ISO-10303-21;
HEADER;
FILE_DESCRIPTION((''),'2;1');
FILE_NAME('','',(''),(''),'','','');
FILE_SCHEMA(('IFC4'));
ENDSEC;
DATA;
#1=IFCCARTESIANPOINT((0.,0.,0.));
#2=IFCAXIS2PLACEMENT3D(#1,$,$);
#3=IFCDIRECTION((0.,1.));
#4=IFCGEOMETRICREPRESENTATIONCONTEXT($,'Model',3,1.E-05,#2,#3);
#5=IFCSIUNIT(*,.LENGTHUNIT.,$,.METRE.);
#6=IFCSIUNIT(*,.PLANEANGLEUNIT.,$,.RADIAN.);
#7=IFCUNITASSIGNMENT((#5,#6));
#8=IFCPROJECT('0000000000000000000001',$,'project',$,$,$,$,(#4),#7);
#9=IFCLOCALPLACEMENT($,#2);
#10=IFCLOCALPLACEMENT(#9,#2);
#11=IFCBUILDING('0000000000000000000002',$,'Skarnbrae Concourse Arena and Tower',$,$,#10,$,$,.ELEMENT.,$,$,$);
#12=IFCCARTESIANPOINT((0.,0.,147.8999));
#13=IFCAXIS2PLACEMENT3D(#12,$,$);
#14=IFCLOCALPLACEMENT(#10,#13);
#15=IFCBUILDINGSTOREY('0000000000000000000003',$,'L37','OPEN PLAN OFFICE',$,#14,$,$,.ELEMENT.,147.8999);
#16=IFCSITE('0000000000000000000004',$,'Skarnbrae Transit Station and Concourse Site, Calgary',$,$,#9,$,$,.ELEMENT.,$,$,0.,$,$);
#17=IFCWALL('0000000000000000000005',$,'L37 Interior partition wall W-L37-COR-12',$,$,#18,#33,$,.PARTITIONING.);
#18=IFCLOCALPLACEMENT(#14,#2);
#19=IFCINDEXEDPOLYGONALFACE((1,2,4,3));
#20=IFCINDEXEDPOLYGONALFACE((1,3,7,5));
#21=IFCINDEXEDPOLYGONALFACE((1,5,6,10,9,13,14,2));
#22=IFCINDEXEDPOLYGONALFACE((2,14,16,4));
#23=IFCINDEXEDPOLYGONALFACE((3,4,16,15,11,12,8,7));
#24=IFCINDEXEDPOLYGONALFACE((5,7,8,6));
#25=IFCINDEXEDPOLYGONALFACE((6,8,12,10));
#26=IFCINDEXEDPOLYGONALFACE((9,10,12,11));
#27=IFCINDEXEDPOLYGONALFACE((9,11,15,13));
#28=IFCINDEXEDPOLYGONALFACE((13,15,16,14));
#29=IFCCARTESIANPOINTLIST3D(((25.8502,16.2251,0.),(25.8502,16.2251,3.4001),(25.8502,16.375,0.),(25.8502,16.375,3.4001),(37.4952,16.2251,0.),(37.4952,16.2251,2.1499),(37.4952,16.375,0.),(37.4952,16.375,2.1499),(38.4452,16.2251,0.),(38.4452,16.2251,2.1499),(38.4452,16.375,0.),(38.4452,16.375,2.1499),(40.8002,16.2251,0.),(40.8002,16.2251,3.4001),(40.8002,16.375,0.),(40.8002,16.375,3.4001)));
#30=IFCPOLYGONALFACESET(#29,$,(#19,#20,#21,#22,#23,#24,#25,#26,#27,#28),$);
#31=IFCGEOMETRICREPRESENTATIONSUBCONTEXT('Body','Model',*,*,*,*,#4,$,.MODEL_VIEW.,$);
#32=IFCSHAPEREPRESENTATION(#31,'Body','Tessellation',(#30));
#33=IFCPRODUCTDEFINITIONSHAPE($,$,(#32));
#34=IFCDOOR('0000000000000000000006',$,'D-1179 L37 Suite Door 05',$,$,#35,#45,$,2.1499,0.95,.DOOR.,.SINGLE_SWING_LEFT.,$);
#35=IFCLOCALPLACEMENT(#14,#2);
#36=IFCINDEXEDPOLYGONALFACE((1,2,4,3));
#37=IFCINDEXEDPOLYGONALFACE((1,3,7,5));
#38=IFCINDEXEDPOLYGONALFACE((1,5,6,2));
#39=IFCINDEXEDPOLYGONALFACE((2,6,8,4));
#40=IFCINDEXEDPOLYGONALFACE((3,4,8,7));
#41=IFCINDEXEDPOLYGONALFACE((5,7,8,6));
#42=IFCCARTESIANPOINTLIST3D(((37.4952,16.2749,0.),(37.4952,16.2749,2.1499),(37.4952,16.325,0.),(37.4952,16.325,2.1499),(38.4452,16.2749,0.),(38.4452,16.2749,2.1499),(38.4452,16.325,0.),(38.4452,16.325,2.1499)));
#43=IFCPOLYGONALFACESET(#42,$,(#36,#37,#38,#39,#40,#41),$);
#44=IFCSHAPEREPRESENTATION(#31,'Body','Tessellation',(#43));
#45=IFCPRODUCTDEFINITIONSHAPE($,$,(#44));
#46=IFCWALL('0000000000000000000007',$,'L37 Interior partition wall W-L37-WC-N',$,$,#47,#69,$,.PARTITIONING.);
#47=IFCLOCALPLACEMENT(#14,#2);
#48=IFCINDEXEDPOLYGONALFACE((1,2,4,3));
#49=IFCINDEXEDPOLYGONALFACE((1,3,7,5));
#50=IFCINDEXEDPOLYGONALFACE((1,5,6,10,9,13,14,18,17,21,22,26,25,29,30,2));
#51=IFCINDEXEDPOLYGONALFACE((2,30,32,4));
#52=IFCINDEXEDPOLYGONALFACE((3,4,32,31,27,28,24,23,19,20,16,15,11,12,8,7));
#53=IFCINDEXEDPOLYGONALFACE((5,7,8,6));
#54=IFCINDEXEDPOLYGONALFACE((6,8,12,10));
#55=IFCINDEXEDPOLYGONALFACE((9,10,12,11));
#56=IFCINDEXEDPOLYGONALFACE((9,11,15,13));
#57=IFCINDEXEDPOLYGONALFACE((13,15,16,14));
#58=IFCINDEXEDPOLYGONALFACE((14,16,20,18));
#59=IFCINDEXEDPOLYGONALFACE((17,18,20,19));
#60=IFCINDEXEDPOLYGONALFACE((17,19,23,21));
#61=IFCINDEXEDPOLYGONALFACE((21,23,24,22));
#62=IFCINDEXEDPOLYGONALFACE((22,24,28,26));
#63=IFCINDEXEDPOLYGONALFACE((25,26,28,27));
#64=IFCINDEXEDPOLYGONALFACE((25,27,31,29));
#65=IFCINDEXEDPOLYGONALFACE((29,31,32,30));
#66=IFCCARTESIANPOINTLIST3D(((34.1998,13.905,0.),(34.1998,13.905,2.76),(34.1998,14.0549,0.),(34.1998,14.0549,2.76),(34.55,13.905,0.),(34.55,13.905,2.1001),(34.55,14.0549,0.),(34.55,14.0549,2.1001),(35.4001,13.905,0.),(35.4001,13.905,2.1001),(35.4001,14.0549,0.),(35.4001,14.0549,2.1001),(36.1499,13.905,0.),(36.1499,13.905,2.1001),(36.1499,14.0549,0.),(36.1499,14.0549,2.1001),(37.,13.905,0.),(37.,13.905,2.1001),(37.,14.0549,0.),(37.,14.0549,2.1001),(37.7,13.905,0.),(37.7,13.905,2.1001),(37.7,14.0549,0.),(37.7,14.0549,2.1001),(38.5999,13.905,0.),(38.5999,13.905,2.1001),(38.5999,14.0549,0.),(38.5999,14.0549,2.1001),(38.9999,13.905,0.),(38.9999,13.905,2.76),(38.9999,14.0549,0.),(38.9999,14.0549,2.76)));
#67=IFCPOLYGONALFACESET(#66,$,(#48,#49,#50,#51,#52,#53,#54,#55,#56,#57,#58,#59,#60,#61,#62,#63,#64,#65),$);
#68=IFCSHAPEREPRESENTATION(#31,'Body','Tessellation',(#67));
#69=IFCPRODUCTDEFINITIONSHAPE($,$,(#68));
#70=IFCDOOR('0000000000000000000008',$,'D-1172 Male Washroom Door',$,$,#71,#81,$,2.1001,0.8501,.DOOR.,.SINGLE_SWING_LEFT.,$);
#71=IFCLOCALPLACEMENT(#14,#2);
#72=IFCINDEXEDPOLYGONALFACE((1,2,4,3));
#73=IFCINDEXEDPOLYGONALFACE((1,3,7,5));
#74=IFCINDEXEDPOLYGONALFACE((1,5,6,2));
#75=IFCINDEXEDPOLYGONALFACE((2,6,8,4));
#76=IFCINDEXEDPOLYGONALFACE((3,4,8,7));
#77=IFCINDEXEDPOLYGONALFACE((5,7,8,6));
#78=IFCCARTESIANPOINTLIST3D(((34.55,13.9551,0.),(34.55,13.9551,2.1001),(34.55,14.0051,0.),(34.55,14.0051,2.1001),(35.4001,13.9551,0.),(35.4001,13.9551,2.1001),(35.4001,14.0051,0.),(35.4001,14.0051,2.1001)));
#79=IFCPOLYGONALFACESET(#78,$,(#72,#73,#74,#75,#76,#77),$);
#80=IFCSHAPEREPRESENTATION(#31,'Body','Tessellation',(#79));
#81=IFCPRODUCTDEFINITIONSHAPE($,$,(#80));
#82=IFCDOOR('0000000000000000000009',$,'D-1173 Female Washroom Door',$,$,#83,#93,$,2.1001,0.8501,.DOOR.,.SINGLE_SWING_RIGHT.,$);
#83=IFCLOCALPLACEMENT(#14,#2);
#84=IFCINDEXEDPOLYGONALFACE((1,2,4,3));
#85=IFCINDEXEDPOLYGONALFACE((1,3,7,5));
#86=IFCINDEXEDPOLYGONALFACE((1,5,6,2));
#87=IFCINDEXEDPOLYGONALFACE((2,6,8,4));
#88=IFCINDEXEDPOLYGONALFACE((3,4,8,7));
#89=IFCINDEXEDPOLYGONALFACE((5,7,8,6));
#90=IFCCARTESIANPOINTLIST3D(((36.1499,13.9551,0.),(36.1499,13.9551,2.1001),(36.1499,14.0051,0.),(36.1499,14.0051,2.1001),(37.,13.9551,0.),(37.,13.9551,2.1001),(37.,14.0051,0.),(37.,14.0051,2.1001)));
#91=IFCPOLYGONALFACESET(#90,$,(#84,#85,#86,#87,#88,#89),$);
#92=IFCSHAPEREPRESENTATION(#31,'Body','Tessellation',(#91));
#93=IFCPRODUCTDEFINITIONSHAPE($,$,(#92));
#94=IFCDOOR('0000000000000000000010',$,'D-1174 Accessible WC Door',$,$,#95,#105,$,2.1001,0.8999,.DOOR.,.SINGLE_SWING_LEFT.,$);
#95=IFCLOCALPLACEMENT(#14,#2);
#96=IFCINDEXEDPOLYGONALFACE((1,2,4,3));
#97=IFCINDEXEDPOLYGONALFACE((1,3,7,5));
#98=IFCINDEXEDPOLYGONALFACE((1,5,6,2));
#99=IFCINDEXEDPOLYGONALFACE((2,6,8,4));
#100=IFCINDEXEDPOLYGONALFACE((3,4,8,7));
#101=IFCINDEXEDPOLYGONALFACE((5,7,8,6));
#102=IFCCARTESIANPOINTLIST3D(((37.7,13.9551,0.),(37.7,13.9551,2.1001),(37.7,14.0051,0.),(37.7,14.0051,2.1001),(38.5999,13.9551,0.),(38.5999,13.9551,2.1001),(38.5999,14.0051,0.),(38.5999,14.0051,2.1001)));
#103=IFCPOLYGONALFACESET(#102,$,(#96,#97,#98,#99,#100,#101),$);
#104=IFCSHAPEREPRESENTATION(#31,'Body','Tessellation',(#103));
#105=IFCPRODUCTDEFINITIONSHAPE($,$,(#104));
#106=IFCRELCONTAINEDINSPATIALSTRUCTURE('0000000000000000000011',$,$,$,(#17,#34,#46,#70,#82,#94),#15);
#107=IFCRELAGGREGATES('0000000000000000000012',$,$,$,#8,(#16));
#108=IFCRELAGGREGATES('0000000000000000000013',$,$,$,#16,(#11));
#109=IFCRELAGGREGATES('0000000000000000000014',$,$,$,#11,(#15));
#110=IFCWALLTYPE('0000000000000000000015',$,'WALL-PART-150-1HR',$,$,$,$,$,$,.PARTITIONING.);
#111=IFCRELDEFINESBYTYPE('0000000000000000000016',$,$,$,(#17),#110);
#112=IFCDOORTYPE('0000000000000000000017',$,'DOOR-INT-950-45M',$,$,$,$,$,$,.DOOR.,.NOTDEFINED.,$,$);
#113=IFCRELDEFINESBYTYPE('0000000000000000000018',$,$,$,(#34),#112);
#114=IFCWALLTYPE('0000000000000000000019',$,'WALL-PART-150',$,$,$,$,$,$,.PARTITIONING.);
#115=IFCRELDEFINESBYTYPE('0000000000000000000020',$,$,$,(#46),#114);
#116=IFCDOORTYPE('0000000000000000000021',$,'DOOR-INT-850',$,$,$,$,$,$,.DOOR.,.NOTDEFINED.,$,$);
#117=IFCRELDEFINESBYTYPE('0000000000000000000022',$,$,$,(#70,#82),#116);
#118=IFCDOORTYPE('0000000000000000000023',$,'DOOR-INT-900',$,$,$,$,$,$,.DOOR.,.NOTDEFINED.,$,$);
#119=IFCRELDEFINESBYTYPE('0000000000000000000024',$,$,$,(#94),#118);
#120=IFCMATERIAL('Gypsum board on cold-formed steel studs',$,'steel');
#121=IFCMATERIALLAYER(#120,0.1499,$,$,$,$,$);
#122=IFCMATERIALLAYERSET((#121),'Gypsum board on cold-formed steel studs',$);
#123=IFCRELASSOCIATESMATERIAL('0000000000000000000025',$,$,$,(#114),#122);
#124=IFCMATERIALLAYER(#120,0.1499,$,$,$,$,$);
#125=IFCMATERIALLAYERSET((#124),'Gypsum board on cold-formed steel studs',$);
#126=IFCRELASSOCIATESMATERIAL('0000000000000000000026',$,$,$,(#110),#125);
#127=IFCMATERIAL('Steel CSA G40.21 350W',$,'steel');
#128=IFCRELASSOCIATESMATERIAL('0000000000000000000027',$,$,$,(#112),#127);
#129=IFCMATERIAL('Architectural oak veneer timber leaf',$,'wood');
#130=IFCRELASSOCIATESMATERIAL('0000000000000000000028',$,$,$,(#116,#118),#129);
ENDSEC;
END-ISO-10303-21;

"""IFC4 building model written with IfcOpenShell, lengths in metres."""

from ifc_helpers import new_model, si_unit, direction, frame, frame_2d, origin, place, context, subcontext, project, spatial, rectangle, extrude, source, transform, mapped, material, layer, layer_set, type_object, element, fill, save


model = new_model("IFC4")

# Units and contexts
model_context = context("Model", 3, precision=1e-05, world=origin(), true_north=direction((0.0, 1.0)))
body_context = subcontext(model_context, "Body", "Model", "MODEL_VIEW")
ifc_project = project(units=[si_unit("LENGTHUNIT", "METRE"), si_unit("PLANEANGLEUNIT", "RADIAN")], contexts=[model_context])

# Site, building, storey
site_placement = place(None, origin())
site = spatial("IfcSite", under=ifc_project, at=site_placement, Name="Skarnbrae Transit Station and Concourse Site, Calgary", CompositionType="ELEMENT", RefElevation=0.0)
building_placement = place(site_placement, origin())
building = spatial("IfcBuilding", under=site, at=building_placement, Name="Skarnbrae Concourse Arena and Tower", CompositionType="ELEMENT")
storey_placement = place(building_placement, frame((0.0, 0.0, 147.8999)))
storey = spatial("IfcBuildingStorey", under=building, at=storey_placement, Name="L37", Description="OPEN PLAN OFFICE", CompositionType="ELEMENT", Elevation=147.8999)

# Shared definitions
ifc_material_1 = material(Name="Steel CSA G40.21 350W", Category="steel")

# Shared definitions
ifc_material_2 = material(Name="Gypsum board on cold-formed steel studs", Category="steel")
ifc_layer_1 = layer(ifc_material_2, 0.1499)
ifc_layer_set_1 = layer_set([ifc_layer_1], Name="Gypsum board on cold-formed steel studs")
wall_type_1 = type_object("IfcWallType", Name="WALL-PART-150", PredefinedType="PARTITIONING", material=ifc_layer_set_1)
ifc_layer_2 = layer(ifc_material_2, 0.1499)
ifc_layer_set_2 = layer_set([ifc_layer_2], Name="Gypsum board on cold-formed steel studs")
wall_type_2 = type_object("IfcWallType", Name="WALL-PART-150-1HR", PredefinedType="PARTITIONING", material=ifc_layer_set_2)

# Wall, opening, door
door_type_1 = type_object("IfcDoorType", Name="DOOR-INT-950-45M", OperationType="NOTDEFINED", PredefinedType="DOOR", material=ifc_material_1)
shared_shape_1 = source(origin(), body_context, "Body", "SweptSolid", [
    extrude(rectangle(XDim=0.95, YDim=2.1499, at=frame_2d((0.4751, 1.075))), frame((0.0, 0.0249, 0.0), z_axis=(0.0, -1.0, 0.0), x_axis=(1.0, 0.0, 0.0)), (0.0, 0.0, 1.0), 0.05),
])
shared_shape_2 = source(origin(), body_context, "Body", "SweptSolid", [
    extrude(rectangle(XDim=14.95, YDim=0.1499, at=frame_2d((7.4751, 0.0))), origin(), (0.0, 0.0, 1.0), 3.4001),
])
wall_1_placement = place(storey_placement, frame((25.8501, 16.3, 0.0), z_axis=(0.0, 0.0, 1.0), x_axis=(1.0, 0.0, 0.0)))
wall_1 = element("IfcWall", 1, at=wall_1_placement, inside=storey, type_object=wall_type_2, Name="L37 Interior partition wall W-L37-COR-12", PredefinedType="PARTITIONING", context=body_context, shape_type="MappedRepresentation", body=[
    mapped(shared_shape_2, transform((0.0, 0.0, 0.0))),
])
opening_1_placement = place(wall_1_placement, frame((11.645, 0.0, 0.0)))
opening_1 = element("IfcOpeningElement", 2, at=opening_1_placement, cuts=wall_1, PredefinedType="OPENING", context=body_context, shape_type="SweptSolid", body=[
    extrude(rectangle(XDim=0.95, YDim=2.1499, at=frame_2d((0.4751, 1.075))), frame((0.0, 0.085, 0.0), z_axis=(0.0, -1.0, 0.0), x_axis=(1.0, 0.0, 0.0)), (0.0, 0.0, 1.0), 0.1699),
])
door_1_placement = place(opening_1_placement, origin())
door_1 = element("IfcDoor", 3, at=door_1_placement, inside=storey, type_object=door_type_1, Name="D-1179 L37 Suite Door 05", OperationType="SINGLE_SWING_LEFT", OverallHeight=2.1499, OverallWidth=0.95, PredefinedType="DOOR", context=body_context, shape_type="MappedRepresentation", body=[
    mapped(shared_shape_1, transform((0.0, 0.0, 0.0))),
])
fill(opening_1, door_1)

# Wall, openings, doors
shared_shape_3 = source(origin(), body_context, "Body", "SweptSolid", [
    extrude(rectangle(XDim=4.8, YDim=0.1499, at=frame_2d((2.3999, 0.0))), origin(), (0.0, 0.0, 1.0), 2.76),
])
wall_2_placement = place(storey_placement, frame((34.2, 13.98, 0.0), z_axis=(0.0, 0.0, 1.0), x_axis=(1.0, 0.0, 0.0)))
wall_2 = element("IfcWall", 4, at=wall_2_placement, inside=storey, type_object=wall_type_1, Name="L37 Interior partition wall W-L37-WC-N", PredefinedType="PARTITIONING", context=body_context, shape_type="MappedRepresentation", body=[
    mapped(shared_shape_3, transform((0.0, 0.0, 0.0))),
])
opening_2_placement = place(wall_2_placement, frame((0.3501, 0.0, 0.0)))
opening_2 = element("IfcOpeningElement", 5, at=opening_2_placement, cuts=wall_2, PredefinedType="OPENING", context=body_context, shape_type="SweptSolid", body=[
    extrude(rectangle(XDim=0.8501, YDim=2.1001, at=frame_2d((0.425, 1.05))), frame((0.0, 0.085, 0.0), z_axis=(0.0, -1.0, 0.0), x_axis=(1.0, 0.0, 0.0)), (0.0, 0.0, 1.0), 0.1699),
])
opening_3_placement = place(wall_2_placement, frame((1.95, 0.0, 0.0)))
opening_3 = element("IfcOpeningElement", 6, at=opening_3_placement, cuts=wall_2, PredefinedType="OPENING", context=body_context, shape_type="SweptSolid", body=[
    extrude(rectangle(XDim=0.8501, YDim=2.1001, at=frame_2d((0.425, 1.05))), frame((0.0, 0.085, 0.0), z_axis=(0.0, -1.0, 0.0), x_axis=(1.0, 0.0, 0.0)), (0.0, 0.0, 1.0), 0.1699),
])
opening_4_placement = place(wall_2_placement, frame((3.5, 0.0, 0.0)))
opening_4 = element("IfcOpeningElement", 7, at=opening_4_placement, cuts=wall_2, PredefinedType="OPENING", context=body_context, shape_type="SweptSolid", body=[
    extrude(rectangle(XDim=0.8999, YDim=2.1001, at=frame_2d((0.45, 1.05))), frame((0.0, 0.085, 0.0), z_axis=(0.0, -1.0, 0.0), x_axis=(1.0, 0.0, 0.0)), (0.0, 0.0, 1.0), 0.1699),
])
ifc_material_3 = material(Name="Architectural oak veneer timber leaf", Category="wood")
door_type_2 = type_object("IfcDoorType", Name="DOOR-INT-850", OperationType="NOTDEFINED", PredefinedType="DOOR", material=ifc_material_3)
shared_shape_4 = source(origin(), body_context, "Body", "SweptSolid", [
    extrude(rectangle(XDim=0.8501, YDim=2.1001, at=frame_2d((0.425, 1.05))), frame((0.0, 0.0249, 0.0), z_axis=(0.0, -1.0, 0.0), x_axis=(1.0, 0.0, 0.0)), (0.0, 0.0, 1.0), 0.05),
])
door_2_placement = place(opening_2_placement, frame((0.8501, 0.0, 0.0), z_axis=(0.0, 0.0, 1.0), x_axis=(-1.0, 0.0, 0.0)))
door_2 = element("IfcDoor", 8, at=door_2_placement, inside=storey, type_object=door_type_2, Name="D-1172 Male Washroom Door", OperationType="SINGLE_SWING_LEFT", OverallHeight=2.1001, OverallWidth=0.8501, PredefinedType="DOOR", context=body_context, shape_type="MappedRepresentation", body=[
    mapped(shared_shape_4, transform((0.0, 0.0, 0.0))),
])
fill(opening_2, door_2)
door_3_placement = place(opening_3_placement, frame((0.8501, 0.0, 0.0), z_axis=(0.0, 0.0, 1.0), x_axis=(-1.0, 0.0, 0.0)))
door_3 = element("IfcDoor", 9, at=door_3_placement, inside=storey, type_object=door_type_2, Name="D-1173 Female Washroom Door", OperationType="SINGLE_SWING_RIGHT", OverallHeight=2.1001, OverallWidth=0.8501, PredefinedType="DOOR", context=body_context, shape_type="MappedRepresentation", body=[
    mapped(shared_shape_4, transform((0.0, 0.0, 0.0))),
])
fill(opening_3, door_3)
door_type_3 = type_object("IfcDoorType", Name="DOOR-INT-900", OperationType="NOTDEFINED", PredefinedType="DOOR", material=ifc_material_3)
shared_shape_5 = source(origin(), body_context, "Body", "SweptSolid", [
    extrude(rectangle(XDim=0.8999, YDim=2.1001, at=frame_2d((0.45, 1.05))), frame((0.0, 0.0249, 0.0), z_axis=(0.0, -1.0, 0.0), x_axis=(1.0, 0.0, 0.0)), (0.0, 0.0, 1.0), 0.05),
])
door_4_placement = place(opening_4_placement, frame((0.8999, 0.0, 0.0), z_axis=(0.0, 0.0, 1.0), x_axis=(-1.0, 0.0, 0.0)))
door_4 = element("IfcDoor", 10, at=door_4_placement, inside=storey, type_object=door_type_3, Name="D-1174 Accessible WC Door", OperationType="SINGLE_SWING_LEFT", OverallHeight=2.1001, OverallWidth=0.8999, PredefinedType="DOOR", context=body_context, shape_type="MappedRepresentation", body=[
    mapped(shared_shape_5, transform((0.0, 0.0, 0.0))),
])
fill(opening_4, door_4)

save(model, "model.ifc")
